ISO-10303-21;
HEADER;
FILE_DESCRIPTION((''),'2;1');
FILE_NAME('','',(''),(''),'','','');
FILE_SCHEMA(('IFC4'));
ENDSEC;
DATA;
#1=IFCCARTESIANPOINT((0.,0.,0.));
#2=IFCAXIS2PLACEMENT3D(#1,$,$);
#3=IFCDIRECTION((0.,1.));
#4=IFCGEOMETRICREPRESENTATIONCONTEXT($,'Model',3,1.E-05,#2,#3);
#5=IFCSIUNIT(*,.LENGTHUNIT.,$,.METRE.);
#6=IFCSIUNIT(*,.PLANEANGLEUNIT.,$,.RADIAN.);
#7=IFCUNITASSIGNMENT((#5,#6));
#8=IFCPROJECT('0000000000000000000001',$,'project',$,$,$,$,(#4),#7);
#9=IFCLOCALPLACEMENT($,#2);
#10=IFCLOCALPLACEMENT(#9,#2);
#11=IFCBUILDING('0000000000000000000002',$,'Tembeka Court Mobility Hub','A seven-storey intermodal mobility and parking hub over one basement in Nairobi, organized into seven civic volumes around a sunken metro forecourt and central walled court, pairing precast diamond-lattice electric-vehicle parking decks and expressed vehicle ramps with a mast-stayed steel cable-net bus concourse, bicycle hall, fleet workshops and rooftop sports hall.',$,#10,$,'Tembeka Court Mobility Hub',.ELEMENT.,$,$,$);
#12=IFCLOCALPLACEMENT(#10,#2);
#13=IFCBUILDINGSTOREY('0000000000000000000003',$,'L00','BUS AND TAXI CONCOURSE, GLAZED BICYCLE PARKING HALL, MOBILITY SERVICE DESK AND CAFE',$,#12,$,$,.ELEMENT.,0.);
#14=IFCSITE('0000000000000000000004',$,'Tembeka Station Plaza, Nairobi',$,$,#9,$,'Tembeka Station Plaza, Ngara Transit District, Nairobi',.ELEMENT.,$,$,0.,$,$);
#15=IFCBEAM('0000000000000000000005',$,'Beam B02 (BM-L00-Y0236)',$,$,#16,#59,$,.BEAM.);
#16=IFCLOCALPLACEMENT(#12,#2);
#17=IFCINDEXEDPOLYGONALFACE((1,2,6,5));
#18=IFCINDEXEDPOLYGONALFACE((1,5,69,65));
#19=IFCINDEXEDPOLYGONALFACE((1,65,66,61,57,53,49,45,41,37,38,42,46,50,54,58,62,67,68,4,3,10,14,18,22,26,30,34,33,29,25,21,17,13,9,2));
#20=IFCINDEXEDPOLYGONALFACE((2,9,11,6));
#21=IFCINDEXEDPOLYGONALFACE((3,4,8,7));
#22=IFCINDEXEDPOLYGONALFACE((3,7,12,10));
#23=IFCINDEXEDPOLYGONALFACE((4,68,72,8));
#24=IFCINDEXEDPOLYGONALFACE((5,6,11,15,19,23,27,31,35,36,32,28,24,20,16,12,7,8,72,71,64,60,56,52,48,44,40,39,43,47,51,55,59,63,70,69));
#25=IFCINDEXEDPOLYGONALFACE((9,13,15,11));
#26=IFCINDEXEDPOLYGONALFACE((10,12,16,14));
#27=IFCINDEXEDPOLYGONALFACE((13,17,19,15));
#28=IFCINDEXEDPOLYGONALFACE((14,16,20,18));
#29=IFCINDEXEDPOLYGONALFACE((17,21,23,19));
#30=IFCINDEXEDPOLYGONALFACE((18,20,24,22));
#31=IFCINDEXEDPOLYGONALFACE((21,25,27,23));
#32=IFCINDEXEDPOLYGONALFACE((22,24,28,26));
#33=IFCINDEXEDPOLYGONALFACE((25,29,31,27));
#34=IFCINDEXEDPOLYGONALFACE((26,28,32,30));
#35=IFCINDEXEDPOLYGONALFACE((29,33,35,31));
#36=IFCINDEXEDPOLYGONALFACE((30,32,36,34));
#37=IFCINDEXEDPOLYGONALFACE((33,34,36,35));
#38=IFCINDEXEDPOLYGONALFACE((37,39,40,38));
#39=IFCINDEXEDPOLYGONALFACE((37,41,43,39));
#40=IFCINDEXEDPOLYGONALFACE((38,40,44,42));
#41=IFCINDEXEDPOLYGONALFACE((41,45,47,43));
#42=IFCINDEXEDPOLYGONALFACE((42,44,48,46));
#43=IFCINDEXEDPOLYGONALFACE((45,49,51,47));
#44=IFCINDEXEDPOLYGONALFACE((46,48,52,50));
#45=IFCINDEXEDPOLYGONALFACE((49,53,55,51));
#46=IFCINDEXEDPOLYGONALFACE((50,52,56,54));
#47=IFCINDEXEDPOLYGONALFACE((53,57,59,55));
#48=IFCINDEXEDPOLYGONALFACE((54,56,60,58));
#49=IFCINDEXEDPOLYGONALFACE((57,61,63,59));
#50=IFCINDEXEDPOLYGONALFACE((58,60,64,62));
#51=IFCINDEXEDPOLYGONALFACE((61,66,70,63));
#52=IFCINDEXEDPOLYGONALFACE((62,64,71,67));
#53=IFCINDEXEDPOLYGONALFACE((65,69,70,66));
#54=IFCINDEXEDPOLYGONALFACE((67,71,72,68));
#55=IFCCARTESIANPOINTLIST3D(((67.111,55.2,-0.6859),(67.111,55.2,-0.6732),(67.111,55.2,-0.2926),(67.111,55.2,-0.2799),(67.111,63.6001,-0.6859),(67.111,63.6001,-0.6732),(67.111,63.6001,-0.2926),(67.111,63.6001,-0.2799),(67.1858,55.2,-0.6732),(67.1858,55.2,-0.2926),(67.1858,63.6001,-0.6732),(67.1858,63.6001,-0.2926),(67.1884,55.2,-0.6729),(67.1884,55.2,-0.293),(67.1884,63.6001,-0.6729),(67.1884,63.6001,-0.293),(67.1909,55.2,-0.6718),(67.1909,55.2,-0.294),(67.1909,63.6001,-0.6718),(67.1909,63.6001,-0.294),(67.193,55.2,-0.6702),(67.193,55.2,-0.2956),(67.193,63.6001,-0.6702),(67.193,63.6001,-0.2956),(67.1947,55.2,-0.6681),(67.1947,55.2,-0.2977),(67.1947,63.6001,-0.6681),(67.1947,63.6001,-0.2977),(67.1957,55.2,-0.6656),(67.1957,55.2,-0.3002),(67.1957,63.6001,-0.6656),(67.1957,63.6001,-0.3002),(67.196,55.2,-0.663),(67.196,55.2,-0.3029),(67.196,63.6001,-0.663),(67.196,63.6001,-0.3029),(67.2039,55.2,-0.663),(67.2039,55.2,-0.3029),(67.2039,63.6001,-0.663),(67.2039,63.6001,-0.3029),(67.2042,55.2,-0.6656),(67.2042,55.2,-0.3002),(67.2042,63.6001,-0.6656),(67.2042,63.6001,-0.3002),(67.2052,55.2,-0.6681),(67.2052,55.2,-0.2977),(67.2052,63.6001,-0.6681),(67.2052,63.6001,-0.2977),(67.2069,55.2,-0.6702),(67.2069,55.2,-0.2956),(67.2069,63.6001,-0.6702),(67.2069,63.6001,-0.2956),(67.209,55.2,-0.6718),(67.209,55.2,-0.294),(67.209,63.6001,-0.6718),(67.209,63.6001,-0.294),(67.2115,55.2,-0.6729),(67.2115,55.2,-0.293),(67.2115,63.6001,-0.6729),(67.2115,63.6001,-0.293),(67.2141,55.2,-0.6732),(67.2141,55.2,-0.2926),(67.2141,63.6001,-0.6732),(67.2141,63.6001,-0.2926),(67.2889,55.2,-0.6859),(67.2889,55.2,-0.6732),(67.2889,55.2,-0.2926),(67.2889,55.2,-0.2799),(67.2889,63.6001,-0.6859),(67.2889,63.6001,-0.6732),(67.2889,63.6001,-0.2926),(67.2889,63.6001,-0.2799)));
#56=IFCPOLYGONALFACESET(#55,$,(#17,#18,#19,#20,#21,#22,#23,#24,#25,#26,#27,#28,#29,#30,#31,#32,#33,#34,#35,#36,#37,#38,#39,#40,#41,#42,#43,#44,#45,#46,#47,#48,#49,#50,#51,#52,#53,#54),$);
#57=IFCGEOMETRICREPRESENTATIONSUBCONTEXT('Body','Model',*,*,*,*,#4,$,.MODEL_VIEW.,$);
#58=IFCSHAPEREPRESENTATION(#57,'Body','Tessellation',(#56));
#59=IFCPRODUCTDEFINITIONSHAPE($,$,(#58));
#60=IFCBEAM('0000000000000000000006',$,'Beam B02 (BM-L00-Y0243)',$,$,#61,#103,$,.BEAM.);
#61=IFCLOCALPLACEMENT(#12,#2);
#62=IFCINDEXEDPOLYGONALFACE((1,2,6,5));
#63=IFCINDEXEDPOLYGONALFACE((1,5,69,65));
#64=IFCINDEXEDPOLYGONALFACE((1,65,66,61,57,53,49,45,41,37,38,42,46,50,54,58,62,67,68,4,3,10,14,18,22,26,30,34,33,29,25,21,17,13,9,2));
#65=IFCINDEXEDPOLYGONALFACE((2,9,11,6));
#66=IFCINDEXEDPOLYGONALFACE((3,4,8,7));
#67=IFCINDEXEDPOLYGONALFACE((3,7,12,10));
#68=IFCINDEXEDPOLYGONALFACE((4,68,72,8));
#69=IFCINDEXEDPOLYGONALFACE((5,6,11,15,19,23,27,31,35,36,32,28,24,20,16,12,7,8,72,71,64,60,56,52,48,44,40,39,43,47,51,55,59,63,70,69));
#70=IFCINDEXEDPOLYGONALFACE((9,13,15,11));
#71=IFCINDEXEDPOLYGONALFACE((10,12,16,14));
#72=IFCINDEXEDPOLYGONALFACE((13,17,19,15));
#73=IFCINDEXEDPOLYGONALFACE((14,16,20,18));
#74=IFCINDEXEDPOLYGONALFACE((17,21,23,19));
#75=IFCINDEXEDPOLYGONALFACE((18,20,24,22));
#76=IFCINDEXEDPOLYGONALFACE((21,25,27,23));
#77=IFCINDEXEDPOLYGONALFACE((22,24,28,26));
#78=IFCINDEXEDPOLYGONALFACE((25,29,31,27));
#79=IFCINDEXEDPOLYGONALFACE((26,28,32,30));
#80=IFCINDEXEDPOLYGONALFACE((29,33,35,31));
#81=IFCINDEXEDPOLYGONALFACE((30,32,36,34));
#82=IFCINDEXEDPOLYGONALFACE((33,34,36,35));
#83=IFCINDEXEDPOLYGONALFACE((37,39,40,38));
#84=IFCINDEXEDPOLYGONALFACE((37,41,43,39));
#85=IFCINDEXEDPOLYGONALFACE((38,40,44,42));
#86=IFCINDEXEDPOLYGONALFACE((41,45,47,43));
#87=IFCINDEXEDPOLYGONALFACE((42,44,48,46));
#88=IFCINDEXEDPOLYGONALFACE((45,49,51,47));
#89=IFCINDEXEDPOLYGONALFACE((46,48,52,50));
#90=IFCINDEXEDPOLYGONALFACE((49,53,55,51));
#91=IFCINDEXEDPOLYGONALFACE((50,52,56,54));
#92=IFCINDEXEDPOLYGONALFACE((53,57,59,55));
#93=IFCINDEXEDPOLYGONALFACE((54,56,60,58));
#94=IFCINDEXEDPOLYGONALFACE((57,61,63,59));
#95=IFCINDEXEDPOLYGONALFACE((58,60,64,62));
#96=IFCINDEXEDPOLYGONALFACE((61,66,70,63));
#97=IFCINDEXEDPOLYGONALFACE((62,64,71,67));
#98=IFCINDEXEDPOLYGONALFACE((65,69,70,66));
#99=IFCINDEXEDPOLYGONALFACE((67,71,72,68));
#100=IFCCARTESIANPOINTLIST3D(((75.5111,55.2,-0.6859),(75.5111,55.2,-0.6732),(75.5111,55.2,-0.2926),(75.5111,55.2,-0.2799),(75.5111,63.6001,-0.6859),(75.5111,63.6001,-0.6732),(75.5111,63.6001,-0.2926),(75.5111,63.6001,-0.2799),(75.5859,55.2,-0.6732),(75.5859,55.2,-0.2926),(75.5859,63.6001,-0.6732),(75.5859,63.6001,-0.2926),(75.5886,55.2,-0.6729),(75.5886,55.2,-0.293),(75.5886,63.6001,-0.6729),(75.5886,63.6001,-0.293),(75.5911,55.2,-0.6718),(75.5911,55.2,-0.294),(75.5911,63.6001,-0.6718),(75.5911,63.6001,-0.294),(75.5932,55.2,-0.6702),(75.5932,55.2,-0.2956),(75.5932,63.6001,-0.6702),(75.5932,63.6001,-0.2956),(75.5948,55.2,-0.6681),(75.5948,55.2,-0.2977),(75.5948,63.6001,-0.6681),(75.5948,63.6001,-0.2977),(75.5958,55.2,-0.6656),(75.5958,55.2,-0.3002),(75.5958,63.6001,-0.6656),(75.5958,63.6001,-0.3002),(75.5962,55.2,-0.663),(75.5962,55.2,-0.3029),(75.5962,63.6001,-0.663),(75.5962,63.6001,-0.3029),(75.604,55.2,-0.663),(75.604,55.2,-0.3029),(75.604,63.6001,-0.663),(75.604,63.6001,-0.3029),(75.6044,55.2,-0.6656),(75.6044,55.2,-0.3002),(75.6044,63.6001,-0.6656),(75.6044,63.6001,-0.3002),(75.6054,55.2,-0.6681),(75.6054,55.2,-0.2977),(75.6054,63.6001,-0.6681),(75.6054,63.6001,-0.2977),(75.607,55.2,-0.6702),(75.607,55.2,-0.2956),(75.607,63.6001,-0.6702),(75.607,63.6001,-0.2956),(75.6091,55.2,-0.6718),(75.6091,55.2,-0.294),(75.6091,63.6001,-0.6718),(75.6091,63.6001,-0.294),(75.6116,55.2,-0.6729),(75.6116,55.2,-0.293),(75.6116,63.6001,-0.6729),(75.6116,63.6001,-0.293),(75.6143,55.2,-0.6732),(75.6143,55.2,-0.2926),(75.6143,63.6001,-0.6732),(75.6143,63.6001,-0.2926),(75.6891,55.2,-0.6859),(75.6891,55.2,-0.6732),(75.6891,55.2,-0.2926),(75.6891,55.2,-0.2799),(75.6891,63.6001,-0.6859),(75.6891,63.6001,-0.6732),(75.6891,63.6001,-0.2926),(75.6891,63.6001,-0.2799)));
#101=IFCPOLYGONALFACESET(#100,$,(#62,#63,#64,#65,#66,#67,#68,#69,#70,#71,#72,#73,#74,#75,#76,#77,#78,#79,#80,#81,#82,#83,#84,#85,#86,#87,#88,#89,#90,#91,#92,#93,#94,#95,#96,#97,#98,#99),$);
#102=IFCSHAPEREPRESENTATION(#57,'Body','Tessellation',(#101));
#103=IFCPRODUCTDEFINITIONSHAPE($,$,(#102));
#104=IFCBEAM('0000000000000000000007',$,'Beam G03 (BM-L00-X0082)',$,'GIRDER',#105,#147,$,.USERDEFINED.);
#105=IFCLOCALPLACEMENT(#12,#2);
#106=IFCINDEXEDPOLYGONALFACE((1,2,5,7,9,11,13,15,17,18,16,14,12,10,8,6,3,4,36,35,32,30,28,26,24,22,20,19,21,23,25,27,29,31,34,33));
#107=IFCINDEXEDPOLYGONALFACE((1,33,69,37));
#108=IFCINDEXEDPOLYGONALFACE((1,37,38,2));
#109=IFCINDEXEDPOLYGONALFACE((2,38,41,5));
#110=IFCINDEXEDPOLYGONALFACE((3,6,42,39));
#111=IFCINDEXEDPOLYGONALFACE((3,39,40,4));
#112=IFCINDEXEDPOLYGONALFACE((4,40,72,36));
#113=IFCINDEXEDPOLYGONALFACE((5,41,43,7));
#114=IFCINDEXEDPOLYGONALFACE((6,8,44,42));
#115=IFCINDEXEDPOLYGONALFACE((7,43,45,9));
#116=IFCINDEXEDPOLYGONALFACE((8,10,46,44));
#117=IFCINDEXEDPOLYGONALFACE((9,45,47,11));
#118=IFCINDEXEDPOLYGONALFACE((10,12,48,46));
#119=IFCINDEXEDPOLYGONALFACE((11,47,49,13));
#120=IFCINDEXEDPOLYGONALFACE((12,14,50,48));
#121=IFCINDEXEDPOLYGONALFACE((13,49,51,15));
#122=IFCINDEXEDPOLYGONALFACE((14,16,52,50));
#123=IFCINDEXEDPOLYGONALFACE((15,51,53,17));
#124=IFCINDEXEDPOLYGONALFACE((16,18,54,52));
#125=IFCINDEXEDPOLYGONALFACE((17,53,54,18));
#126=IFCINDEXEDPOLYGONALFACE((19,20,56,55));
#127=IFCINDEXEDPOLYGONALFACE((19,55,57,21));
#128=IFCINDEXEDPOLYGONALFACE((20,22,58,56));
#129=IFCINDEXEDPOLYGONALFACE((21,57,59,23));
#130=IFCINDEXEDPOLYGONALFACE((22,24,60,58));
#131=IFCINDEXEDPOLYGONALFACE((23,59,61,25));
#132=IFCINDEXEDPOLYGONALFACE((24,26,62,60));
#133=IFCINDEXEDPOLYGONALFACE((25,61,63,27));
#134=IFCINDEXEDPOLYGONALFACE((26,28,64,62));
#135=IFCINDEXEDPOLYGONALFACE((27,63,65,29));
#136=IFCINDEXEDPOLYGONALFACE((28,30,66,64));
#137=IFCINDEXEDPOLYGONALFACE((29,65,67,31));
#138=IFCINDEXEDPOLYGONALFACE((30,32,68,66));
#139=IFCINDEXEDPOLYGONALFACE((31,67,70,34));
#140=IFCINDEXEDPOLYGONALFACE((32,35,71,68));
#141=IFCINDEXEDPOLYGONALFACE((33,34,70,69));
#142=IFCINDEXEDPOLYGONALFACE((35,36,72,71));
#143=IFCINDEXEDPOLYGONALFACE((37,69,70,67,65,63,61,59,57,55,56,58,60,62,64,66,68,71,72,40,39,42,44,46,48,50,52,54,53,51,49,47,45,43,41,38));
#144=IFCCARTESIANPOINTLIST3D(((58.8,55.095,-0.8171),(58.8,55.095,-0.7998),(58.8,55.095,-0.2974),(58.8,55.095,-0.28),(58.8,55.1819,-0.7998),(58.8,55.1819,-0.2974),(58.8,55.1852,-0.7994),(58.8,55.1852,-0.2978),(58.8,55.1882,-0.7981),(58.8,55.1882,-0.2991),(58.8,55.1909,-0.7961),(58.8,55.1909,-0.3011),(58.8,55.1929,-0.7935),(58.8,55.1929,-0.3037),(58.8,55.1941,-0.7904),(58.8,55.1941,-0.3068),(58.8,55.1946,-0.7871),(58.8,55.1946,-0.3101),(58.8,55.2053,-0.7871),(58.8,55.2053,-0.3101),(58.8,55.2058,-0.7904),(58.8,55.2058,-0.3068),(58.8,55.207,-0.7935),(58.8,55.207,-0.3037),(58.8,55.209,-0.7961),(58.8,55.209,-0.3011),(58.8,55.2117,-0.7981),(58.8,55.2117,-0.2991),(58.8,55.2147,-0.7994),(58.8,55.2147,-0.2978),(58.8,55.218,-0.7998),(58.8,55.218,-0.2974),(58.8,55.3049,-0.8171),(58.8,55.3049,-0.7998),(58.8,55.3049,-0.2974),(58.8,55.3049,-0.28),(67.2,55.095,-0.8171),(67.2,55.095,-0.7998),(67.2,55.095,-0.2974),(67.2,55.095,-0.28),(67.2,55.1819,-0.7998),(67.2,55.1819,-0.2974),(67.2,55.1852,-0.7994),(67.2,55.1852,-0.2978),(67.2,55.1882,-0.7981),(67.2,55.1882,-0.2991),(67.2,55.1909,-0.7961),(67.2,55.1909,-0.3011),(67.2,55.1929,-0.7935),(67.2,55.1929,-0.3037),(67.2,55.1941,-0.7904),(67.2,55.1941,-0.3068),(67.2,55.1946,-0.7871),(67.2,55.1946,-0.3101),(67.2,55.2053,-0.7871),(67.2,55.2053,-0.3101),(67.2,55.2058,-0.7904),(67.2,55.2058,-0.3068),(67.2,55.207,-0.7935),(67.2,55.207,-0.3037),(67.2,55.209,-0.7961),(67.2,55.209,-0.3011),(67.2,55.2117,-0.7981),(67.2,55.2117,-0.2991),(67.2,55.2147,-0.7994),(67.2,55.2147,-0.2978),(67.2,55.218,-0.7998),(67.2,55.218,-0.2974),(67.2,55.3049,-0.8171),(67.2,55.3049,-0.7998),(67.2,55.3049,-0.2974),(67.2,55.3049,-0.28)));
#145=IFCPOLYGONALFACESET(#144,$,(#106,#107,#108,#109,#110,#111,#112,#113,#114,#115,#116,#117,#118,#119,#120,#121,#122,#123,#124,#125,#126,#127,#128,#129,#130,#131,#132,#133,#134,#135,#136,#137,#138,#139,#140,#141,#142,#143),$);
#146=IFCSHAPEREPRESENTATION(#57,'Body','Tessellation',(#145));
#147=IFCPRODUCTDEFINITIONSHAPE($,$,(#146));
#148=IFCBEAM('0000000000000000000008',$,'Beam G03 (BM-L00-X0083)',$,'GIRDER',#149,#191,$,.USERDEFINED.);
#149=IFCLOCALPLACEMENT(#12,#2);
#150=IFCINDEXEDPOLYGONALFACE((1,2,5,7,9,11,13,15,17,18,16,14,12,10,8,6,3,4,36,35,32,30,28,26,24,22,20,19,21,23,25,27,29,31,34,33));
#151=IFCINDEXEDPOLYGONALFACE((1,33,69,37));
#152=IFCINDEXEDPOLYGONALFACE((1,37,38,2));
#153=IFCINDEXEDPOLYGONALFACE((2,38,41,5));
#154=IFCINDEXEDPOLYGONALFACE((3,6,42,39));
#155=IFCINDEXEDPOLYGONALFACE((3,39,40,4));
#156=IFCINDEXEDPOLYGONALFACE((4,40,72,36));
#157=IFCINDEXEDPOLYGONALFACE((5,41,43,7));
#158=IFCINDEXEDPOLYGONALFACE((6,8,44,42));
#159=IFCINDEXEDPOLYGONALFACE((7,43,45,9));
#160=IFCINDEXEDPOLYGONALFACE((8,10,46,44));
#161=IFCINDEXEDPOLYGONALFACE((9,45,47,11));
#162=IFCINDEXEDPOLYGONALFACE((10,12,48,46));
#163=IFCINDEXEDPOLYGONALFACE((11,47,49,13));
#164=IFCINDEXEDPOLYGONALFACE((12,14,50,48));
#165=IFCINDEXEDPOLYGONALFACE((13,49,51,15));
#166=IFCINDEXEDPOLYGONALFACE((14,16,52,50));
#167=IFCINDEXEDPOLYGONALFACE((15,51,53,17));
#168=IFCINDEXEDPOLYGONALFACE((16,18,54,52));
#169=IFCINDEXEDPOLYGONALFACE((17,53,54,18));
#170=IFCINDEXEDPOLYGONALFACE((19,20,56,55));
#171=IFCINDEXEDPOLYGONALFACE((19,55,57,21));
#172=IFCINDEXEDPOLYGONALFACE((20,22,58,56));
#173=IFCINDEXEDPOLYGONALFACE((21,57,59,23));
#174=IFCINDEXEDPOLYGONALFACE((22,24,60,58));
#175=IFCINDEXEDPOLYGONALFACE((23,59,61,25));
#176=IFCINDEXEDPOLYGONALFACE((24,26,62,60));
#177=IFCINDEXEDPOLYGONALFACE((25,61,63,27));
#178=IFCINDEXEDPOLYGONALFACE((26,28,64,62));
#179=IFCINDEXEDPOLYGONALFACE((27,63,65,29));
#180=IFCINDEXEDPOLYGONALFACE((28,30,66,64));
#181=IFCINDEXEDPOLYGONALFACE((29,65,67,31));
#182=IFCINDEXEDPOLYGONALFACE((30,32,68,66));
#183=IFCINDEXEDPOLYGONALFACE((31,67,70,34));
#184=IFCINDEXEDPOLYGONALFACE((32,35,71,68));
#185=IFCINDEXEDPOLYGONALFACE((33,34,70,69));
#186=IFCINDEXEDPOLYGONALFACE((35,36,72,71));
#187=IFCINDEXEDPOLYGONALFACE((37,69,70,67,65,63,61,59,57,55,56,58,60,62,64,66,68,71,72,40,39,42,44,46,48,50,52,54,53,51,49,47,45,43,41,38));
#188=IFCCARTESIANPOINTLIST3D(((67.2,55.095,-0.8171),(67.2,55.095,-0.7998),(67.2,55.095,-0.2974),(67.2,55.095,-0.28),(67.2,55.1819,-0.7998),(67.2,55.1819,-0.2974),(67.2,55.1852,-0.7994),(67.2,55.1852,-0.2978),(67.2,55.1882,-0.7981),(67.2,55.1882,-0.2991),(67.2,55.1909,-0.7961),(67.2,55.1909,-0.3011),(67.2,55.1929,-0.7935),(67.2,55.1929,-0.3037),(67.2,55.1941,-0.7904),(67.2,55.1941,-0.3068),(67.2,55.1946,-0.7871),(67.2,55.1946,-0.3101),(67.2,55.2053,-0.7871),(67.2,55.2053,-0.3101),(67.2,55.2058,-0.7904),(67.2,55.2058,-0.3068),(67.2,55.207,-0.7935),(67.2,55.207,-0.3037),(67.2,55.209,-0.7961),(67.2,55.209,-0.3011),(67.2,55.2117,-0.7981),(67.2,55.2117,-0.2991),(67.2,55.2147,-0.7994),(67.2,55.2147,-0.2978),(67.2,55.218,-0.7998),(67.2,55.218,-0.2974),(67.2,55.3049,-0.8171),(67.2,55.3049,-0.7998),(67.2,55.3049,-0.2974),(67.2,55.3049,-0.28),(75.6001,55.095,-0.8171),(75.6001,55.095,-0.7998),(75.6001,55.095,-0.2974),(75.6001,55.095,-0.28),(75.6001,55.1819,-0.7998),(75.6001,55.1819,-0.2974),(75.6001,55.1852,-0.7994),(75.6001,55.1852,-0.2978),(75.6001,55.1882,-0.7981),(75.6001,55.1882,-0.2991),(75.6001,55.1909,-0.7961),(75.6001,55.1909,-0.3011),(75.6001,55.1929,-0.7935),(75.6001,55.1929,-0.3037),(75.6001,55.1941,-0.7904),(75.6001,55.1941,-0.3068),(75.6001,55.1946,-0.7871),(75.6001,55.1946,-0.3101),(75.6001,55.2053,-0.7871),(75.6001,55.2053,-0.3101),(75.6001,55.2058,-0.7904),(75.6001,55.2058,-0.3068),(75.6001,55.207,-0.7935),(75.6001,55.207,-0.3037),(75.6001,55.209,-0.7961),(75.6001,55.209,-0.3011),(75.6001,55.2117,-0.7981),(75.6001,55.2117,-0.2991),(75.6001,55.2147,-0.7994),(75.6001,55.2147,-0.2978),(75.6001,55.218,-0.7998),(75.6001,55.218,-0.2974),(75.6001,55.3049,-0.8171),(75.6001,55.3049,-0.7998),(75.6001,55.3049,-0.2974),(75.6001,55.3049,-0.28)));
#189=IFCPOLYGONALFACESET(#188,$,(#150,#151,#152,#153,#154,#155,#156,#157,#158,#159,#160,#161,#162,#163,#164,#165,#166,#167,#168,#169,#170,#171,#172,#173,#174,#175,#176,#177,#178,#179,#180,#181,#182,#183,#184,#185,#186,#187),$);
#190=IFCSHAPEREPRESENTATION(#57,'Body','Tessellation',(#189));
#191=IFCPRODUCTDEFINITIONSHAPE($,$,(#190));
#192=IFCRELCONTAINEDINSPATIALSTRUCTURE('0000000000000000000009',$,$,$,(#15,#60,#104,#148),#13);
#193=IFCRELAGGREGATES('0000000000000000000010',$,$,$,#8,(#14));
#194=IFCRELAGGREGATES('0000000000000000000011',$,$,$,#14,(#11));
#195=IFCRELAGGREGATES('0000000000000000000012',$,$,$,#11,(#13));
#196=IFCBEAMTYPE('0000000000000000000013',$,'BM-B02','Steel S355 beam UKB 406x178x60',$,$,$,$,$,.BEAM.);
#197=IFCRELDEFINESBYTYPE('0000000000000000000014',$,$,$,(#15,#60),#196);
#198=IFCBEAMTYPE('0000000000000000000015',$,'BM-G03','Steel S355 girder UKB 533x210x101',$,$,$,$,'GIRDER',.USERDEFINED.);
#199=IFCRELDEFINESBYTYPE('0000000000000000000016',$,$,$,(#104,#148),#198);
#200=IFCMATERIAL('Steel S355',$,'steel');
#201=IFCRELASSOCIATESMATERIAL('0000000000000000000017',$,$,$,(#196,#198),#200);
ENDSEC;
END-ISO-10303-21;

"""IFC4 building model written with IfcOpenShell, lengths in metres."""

from ifc_helpers import new_model, si_unit, direction, frame, origin, origin_2d, place, context, subcontext, project, spatial, i_section, extrude, material, material_profile, profile_set, type_object, element, save


model = new_model("IFC4")

# Units and contexts
model_context = context("Model", 3, precision=1e-05, world=origin(), true_north=direction((0.0, 1.0)))
body_context = subcontext(model_context, "Body", "Model", "MODEL_VIEW")
ifc_project = project(units=[si_unit("LENGTHUNIT", "METRE"), si_unit("PLANEANGLEUNIT", "RADIAN")], contexts=[model_context])

# Site, building, storey
site_placement = place(None, origin())
site = spatial("IfcSite", under=ifc_project, at=site_placement, Name="Tembeka Station Plaza, Nairobi", LongName="Tembeka Station Plaza, Ngara Transit District, Nairobi", CompositionType="ELEMENT", RefElevation=0.0)
building_placement = place(site_placement, origin())
building = spatial("IfcBuilding", under=site, at=building_placement, Name="Tembeka Court Mobility Hub", Description="A seven-storey intermodal mobility and parking hub over one basement in Nairobi, organized into seven civic volumes around a sunken metro forecourt and central walled court, pairing precast diamond-lattice electric-vehicle parking decks and expressed vehicle ramps with a mast-stayed steel cable-net bus concourse, bicycle hall, fleet workshops and rooftop sports hall.", LongName="Tembeka Court Mobility Hub", CompositionType="ELEMENT")
storey_placement = place(building_placement, origin())
storey = spatial("IfcBuildingStorey", under=building, at=storey_placement, Name="L00", Description="BUS AND TAXI CONCOURSE, GLAZED BICYCLE PARKING HALL, MOBILITY SERVICE DESK AND CAFE", CompositionType="ELEMENT", Elevation=0.0)

# Shared definitions
ifc_material_1 = material(Name="Steel S355", Category="steel")

# Beams
ifc_material_profile_1 = material_profile(ifc_material_1, i_section(OverallWidth=0.178, OverallDepth=0.406, WebThickness=0.0078, FlangeThickness=0.0127, FilletRadius=0.0103, at=origin_2d()), Name="UKB 406x178x60")
ifc_profile_set_1 = profile_set([ifc_material_profile_1], Name="Steel S355")
beam_type_1 = type_object("IfcBeamType", Name="BM-B02", Description="Steel S355 beam UKB 406x178x60", PredefinedType="BEAM", material=ifc_profile_set_1)
for number, where, z_axis, x_axis, name in (
    (1, (67.2, 55.2, -0.4829), (0.0, 1.0, 0.0), (-1.0, 0.0, 0.0), "Beam B02 (BM-L00-Y0236)"),
    (2, (75.6001, 55.2, -0.4829), (0.0, 1.0, 0.0), (-1.0, 0.0, 0.0), "Beam B02 (BM-L00-Y0243)"),
):
    element("IfcBeam", number, at=place(storey_placement, frame(where, z_axis=z_axis, x_axis=x_axis)), inside=storey, type_object=beam_type_1, Name=name, PredefinedType="BEAM", context=body_context, shape_type="SweptSolid", body=[
        extrude(i_section(OverallWidth=0.178, OverallDepth=0.406, WebThickness=0.0078, FlangeThickness=0.0127, FilletRadius=0.0103, at=origin_2d()), origin(), (0.0, 0.0, 1.0), 8.4001),
    ])
ifc_material_profile_2 = material_profile(ifc_material_1, i_section(OverallWidth=0.21, OverallDepth=0.5371, WebThickness=0.0107, FlangeThickness=0.0173, FilletRadius=0.0127, at=origin_2d()), Name="UKB 533x210x101")
ifc_profile_set_2 = profile_set([ifc_material_profile_2], Name="Steel S355")
beam_type_2 = type_object("IfcBeamType", Name="BM-G03", Description="Steel S355 girder UKB 533x210x101", ElementType="GIRDER", PredefinedType="USERDEFINED", material=ifc_profile_set_2)
beam_1_placement = place(storey_placement, frame((58.8, 55.2, -0.5486), z_axis=(1.0, 0.0, 0.0), x_axis=(0.0, 1.0, 0.0)))
element("IfcBeam", 3, at=beam_1_placement, inside=storey, type_object=beam_type_2, Name="Beam G03 (BM-L00-X0082)", ObjectType="GIRDER", PredefinedType="USERDEFINED", context=body_context, shape_type="SweptSolid", body=[
    extrude(i_section(OverallWidth=0.21, OverallDepth=0.5371, WebThickness=0.0107, FlangeThickness=0.0173, FilletRadius=0.0127, at=origin_2d()), origin(), (0.0, 0.0, 1.0), 8.3999),
])
beam_2_placement = place(storey_placement, frame((67.2, 55.2, -0.5486), z_axis=(1.0, 0.0, 0.0), x_axis=(0.0, 1.0, 0.0)))
element("IfcBeam", 4, at=beam_2_placement, inside=storey, type_object=beam_type_2, Name="Beam G03 (BM-L00-X0083)", ObjectType="GIRDER", PredefinedType="USERDEFINED", context=body_context, shape_type="SweptSolid", body=[
    extrude(i_section(OverallWidth=0.21, OverallDepth=0.5371, WebThickness=0.0107, FlangeThickness=0.0173, FilletRadius=0.0127, at=origin_2d()), origin(), (0.0, 0.0, 1.0), 8.4001),
])

save(model, "model.ifc")
